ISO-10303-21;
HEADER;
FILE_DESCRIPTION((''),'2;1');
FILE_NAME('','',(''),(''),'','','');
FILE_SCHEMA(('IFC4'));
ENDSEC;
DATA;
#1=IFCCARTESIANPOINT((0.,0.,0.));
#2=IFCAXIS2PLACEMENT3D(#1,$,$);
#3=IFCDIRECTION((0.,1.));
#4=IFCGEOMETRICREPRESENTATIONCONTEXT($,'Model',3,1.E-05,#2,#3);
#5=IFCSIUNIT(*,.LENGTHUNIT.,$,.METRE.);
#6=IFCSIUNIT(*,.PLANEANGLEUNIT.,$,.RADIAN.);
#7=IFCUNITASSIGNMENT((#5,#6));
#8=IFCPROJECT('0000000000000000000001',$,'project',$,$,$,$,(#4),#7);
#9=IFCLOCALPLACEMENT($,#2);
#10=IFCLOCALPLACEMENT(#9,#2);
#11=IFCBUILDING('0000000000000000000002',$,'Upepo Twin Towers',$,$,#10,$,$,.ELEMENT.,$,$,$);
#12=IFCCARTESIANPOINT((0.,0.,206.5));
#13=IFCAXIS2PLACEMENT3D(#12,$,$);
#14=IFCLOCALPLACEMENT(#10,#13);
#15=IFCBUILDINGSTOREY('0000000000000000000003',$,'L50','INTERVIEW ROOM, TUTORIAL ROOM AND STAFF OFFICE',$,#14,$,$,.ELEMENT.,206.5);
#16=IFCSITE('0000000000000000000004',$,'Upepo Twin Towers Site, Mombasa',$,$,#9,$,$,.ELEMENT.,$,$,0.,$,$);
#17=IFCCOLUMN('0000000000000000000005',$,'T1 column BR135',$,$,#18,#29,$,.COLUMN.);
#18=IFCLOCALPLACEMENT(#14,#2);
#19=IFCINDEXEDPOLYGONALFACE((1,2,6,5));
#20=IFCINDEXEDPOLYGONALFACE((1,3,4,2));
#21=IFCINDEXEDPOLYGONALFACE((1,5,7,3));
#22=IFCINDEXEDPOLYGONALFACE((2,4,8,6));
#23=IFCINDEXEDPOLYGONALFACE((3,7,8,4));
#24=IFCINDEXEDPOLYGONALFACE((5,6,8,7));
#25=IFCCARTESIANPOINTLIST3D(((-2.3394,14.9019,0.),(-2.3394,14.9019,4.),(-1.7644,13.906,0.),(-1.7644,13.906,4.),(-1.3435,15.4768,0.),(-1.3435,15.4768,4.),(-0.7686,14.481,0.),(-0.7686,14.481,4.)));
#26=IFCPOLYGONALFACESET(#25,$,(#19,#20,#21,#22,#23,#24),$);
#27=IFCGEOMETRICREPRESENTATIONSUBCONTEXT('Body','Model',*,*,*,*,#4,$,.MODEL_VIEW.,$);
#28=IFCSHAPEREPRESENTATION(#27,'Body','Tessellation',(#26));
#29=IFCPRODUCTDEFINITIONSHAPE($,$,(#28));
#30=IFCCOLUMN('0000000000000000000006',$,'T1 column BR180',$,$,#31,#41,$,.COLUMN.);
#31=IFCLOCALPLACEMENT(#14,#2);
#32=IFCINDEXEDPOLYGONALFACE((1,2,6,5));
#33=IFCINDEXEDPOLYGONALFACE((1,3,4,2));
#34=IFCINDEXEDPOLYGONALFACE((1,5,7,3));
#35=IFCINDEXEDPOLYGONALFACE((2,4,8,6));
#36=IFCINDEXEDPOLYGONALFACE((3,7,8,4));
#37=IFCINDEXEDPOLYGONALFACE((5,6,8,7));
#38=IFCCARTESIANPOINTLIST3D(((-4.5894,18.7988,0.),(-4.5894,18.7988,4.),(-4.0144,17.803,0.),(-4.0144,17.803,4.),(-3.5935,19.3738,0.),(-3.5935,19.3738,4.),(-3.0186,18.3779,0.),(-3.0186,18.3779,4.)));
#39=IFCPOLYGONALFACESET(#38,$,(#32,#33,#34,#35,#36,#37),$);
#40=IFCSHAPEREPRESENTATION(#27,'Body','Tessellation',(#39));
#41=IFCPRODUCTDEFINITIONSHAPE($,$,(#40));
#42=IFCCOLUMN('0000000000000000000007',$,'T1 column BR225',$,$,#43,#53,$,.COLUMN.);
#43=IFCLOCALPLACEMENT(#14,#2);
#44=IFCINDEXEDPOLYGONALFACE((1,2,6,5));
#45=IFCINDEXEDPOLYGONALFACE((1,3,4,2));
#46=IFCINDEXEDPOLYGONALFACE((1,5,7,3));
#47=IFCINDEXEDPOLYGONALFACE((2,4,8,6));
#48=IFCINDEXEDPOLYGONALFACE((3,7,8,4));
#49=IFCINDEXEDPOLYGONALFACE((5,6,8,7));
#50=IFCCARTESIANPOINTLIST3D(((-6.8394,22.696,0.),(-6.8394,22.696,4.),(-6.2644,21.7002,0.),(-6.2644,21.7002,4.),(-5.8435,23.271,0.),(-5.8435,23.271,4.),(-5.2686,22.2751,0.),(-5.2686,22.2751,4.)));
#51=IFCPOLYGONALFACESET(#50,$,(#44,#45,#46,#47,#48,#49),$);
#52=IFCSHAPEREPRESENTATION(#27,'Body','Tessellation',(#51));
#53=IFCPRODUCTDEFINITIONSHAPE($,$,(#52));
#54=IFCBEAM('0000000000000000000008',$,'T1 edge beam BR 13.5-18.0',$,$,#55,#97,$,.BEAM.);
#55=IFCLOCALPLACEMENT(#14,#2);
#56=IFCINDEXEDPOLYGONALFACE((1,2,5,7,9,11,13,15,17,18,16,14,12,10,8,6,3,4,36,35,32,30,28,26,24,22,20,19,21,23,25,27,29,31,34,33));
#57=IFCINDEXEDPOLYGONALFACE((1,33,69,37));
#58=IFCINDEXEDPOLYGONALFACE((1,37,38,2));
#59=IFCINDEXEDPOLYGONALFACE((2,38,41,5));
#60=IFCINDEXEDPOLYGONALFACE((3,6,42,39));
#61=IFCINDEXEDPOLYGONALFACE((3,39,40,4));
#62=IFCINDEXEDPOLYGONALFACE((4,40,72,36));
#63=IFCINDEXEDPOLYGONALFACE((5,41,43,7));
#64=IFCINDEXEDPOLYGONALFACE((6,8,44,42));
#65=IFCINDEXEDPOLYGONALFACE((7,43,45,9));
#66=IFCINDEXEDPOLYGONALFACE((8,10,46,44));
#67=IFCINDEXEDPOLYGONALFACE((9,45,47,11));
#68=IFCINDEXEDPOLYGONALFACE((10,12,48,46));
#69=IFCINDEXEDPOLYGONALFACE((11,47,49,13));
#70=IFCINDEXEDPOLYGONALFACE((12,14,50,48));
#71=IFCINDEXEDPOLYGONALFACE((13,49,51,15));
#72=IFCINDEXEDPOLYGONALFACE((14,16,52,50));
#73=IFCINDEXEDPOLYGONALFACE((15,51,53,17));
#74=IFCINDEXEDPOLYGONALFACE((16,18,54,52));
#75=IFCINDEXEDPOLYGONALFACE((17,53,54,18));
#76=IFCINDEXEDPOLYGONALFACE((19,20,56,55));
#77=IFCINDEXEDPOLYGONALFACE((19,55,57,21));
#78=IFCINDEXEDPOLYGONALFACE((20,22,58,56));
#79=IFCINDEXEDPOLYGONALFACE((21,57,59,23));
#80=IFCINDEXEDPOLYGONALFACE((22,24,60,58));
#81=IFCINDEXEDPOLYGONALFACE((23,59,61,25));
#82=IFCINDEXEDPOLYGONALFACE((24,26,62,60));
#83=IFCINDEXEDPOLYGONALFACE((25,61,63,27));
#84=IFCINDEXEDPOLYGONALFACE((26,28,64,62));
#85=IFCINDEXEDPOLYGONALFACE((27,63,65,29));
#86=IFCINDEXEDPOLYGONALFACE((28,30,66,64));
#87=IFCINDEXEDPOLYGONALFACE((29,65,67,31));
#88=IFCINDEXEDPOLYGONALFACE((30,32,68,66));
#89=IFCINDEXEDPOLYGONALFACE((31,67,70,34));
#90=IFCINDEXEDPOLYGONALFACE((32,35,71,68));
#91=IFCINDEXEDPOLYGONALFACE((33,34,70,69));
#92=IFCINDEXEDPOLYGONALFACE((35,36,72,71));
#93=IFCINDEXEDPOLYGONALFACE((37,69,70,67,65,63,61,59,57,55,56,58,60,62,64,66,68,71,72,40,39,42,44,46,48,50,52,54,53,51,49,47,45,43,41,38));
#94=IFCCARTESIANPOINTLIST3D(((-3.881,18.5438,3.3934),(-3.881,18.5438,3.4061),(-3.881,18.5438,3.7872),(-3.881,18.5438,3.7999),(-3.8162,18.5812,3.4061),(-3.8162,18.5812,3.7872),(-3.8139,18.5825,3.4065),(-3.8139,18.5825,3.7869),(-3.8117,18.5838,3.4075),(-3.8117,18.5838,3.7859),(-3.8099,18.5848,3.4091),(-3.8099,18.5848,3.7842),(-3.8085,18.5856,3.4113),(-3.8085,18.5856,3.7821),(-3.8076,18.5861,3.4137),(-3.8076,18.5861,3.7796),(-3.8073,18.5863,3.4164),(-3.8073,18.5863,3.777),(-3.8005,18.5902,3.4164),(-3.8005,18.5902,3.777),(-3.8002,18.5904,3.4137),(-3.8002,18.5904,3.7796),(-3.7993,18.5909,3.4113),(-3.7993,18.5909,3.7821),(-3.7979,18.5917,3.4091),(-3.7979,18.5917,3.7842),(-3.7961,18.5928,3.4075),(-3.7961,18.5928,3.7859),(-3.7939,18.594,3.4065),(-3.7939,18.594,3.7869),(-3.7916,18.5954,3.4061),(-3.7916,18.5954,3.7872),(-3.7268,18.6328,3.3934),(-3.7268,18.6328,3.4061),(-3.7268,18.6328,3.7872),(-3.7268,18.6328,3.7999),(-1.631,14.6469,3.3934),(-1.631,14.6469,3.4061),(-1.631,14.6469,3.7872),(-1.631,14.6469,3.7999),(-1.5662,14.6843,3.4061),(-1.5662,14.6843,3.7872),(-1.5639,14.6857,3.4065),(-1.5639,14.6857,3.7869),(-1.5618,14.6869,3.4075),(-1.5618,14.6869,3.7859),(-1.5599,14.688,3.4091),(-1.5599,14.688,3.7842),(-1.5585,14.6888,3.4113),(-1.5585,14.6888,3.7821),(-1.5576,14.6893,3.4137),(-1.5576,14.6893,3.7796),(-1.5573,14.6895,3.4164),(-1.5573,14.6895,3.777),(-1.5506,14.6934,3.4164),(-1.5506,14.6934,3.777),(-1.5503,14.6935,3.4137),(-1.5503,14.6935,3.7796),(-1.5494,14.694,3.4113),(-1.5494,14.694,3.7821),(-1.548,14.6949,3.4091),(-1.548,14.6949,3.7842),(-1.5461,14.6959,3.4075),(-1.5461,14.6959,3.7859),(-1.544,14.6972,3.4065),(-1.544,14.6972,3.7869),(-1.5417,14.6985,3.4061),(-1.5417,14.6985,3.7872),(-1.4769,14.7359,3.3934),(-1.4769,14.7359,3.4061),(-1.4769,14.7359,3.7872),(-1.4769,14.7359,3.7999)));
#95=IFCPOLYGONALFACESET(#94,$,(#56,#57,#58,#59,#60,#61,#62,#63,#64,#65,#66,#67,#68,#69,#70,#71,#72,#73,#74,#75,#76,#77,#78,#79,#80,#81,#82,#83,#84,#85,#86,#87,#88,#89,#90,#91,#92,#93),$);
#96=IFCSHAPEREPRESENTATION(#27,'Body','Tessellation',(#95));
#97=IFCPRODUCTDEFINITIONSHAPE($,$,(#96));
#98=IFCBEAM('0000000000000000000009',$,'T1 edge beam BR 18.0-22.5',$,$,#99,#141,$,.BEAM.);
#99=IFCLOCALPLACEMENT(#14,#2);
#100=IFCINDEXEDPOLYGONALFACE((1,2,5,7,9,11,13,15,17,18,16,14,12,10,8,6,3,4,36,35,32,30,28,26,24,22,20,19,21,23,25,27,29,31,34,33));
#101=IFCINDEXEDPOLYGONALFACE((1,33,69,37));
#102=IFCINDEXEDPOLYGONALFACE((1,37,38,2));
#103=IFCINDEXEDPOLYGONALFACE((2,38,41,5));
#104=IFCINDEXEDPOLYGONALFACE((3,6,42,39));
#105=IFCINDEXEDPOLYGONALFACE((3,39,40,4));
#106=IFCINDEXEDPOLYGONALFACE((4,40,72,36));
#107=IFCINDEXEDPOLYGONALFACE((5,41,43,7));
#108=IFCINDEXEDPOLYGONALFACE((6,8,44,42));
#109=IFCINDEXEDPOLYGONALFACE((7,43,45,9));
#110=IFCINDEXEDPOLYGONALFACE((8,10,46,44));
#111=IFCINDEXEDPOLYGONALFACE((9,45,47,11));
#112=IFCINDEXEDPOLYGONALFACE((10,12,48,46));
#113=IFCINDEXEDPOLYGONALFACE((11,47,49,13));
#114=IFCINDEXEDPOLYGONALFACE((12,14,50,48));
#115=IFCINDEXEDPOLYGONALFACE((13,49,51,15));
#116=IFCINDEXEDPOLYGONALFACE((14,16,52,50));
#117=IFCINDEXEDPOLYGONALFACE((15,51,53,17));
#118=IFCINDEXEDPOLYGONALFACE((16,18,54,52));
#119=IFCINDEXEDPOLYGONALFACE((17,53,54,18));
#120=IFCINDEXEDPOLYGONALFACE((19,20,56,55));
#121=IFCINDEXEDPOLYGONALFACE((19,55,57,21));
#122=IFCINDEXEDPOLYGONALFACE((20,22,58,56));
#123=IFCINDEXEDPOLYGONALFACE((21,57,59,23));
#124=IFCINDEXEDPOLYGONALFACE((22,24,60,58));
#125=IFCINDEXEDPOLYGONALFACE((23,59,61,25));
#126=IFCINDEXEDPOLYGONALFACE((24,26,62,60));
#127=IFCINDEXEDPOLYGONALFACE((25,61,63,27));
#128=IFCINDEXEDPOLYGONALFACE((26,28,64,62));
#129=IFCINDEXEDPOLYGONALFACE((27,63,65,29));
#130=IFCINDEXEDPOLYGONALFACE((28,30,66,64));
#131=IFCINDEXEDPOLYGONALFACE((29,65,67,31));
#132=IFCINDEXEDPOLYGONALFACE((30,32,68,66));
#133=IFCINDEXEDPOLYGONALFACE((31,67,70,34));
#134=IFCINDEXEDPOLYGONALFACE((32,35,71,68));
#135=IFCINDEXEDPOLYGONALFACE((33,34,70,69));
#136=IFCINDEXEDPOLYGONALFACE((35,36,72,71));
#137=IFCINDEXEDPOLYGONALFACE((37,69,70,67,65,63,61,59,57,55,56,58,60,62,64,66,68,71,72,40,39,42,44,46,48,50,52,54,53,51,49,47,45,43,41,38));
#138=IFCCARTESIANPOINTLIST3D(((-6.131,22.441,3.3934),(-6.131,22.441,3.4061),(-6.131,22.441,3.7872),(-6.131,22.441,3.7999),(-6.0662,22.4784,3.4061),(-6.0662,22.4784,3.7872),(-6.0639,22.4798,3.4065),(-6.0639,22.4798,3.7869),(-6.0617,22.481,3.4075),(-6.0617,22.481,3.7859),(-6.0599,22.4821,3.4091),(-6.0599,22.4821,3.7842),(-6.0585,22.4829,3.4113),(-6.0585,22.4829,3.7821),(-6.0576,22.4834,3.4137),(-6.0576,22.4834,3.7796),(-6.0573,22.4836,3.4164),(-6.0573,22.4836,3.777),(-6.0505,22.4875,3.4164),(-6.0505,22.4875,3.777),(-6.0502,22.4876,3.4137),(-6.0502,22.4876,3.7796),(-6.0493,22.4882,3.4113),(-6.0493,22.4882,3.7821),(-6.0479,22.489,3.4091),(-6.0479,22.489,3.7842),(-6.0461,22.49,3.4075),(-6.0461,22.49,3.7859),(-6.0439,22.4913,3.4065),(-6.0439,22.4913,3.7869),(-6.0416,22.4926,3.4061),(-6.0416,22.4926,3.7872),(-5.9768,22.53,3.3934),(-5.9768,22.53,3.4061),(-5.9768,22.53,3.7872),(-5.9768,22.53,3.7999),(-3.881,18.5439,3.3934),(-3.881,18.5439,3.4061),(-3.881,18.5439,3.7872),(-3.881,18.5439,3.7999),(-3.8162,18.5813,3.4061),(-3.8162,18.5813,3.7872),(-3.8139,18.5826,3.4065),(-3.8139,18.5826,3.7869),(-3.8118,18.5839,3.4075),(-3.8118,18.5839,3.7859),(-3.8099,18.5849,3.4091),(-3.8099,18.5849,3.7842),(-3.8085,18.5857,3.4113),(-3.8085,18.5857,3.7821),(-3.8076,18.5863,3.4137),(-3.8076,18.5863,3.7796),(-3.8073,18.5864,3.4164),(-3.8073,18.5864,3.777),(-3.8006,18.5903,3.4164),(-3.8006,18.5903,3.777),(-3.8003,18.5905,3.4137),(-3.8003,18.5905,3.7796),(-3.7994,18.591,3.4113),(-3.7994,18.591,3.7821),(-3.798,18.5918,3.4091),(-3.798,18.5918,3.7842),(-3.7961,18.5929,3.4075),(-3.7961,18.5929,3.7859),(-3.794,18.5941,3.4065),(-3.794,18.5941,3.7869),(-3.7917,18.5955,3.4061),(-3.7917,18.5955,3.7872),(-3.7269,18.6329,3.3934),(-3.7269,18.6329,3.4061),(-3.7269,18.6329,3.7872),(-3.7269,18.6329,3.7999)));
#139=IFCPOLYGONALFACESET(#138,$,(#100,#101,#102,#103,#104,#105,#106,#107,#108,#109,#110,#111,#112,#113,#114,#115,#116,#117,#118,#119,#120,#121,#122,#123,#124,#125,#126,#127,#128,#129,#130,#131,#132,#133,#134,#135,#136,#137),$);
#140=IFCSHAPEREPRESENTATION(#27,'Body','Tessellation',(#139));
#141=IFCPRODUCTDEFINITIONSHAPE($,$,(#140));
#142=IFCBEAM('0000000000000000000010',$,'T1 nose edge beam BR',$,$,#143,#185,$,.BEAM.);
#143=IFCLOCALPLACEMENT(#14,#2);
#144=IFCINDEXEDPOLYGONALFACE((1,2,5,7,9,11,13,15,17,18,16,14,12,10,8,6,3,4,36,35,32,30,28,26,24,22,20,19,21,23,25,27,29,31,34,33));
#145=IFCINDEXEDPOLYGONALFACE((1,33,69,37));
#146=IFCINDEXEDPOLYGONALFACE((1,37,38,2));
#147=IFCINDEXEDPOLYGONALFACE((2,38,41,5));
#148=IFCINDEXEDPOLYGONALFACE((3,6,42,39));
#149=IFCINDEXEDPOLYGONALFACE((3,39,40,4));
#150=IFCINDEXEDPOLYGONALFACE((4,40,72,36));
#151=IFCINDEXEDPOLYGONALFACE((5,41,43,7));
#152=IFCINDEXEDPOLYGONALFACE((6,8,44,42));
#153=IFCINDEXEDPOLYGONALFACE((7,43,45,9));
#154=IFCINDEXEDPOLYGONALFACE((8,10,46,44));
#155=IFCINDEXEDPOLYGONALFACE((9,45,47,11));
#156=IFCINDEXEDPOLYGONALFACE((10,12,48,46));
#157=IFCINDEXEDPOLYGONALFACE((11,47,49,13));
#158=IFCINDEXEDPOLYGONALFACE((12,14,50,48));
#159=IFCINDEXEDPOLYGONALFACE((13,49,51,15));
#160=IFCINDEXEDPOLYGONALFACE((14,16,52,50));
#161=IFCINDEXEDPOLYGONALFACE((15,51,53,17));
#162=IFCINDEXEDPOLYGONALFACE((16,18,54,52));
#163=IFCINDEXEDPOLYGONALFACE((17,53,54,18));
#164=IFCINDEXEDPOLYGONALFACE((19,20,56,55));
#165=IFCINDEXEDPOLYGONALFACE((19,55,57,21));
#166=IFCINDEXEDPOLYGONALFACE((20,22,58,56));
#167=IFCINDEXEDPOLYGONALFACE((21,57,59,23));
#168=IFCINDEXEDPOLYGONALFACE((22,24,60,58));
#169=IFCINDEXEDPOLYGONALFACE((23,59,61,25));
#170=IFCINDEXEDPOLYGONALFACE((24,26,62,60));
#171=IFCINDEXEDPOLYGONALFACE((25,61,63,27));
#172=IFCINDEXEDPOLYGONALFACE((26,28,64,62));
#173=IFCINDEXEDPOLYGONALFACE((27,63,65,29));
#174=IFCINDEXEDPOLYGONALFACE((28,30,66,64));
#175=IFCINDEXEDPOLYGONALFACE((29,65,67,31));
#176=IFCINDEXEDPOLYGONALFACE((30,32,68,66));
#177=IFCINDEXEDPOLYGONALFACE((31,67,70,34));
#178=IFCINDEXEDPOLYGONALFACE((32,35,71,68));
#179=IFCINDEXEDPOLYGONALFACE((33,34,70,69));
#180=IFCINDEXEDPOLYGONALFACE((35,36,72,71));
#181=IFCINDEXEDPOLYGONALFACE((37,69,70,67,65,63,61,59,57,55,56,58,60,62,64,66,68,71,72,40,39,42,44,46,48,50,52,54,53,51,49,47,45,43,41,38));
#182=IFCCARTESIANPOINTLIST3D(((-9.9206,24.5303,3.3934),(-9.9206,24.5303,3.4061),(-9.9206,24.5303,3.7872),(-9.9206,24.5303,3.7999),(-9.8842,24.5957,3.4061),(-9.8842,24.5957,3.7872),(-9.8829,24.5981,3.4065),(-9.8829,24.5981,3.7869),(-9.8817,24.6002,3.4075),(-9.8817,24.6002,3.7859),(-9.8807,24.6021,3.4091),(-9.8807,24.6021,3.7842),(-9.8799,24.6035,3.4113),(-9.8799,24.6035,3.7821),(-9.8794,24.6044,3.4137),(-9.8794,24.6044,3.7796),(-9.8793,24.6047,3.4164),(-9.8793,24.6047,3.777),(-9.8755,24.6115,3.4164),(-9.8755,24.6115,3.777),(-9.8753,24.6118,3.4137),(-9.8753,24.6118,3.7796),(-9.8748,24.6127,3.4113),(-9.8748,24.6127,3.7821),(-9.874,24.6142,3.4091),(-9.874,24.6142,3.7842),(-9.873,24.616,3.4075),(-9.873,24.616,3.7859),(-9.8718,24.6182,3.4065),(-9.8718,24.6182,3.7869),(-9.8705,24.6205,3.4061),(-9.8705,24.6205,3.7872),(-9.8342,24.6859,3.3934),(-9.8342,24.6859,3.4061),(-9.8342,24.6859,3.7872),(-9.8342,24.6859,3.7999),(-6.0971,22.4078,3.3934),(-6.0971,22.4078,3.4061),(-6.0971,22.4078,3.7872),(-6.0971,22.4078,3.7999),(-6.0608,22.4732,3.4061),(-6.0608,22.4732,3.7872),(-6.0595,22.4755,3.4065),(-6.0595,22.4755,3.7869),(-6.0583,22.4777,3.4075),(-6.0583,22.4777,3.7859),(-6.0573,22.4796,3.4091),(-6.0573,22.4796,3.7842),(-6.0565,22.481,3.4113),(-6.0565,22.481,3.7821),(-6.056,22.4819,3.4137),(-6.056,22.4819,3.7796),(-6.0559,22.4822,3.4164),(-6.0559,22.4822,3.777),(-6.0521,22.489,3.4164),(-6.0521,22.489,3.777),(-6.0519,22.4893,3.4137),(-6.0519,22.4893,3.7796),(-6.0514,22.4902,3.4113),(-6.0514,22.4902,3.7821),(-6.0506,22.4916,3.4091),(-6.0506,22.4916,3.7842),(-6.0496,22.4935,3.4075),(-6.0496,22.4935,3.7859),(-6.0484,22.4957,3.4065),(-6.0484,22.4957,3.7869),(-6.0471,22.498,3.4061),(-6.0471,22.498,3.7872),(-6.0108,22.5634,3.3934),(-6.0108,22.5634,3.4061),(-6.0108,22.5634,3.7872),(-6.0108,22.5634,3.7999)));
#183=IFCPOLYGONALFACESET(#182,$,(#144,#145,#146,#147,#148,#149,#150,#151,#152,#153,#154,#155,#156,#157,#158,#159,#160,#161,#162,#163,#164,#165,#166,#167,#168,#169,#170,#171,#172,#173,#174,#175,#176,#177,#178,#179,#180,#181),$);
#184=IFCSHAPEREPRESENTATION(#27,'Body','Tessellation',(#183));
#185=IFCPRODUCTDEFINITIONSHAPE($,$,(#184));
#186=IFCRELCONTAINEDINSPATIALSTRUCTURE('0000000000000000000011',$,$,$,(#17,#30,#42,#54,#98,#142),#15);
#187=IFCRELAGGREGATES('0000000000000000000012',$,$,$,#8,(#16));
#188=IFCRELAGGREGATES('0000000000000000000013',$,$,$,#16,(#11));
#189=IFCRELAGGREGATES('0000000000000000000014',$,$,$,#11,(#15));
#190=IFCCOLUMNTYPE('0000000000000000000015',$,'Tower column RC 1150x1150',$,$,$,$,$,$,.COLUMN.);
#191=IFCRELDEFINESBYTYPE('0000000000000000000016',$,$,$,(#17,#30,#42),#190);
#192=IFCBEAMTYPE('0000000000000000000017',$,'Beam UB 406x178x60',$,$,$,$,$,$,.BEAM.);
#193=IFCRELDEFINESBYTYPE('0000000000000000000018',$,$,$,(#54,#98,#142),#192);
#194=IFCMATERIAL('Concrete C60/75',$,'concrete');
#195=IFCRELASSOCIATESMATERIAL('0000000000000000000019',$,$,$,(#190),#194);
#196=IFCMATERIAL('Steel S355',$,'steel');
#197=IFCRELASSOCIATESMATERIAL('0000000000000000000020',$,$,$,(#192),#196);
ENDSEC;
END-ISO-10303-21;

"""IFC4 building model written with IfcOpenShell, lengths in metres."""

from ifc_helpers import new_model, si_unit, direction, frame, origin, origin_2d, place, context, subcontext, project, spatial, rectangle, i_section, extrude, material, material_profile, profile_set, type_object, element, save


model = new_model("IFC4")

# Units and contexts
model_context = context("Model", 3, precision=1e-05, world=origin(), true_north=direction((0.0, 1.0)))
body_context = subcontext(model_context, "Body", "Model", "MODEL_VIEW")
ifc_project = project(units=[si_unit("LENGTHUNIT", "METRE"), si_unit("PLANEANGLEUNIT", "RADIAN")], contexts=[model_context])

# Site, building, storey
site_placement = place(None, origin())
site = spatial("IfcSite", under=ifc_project, at=site_placement, Name="Upepo Twin Towers Site, Mombasa", CompositionType="ELEMENT", RefElevation=0.0)
building_placement = place(site_placement, origin())
building = spatial("IfcBuilding", under=site, at=building_placement, Name="Upepo Twin Towers", CompositionType="ELEMENT")
storey_placement = place(building_placement, frame((0.0, 0.0, 206.5)))
storey = spatial("IfcBuildingStorey", under=building, at=storey_placement, Name="L50", Description="INTERVIEW ROOM, TUTORIAL ROOM AND STAFF OFFICE", CompositionType="ELEMENT", Elevation=206.5)

# Columns
ifc_material_1 = material(Name="Concrete C60/75", Category="concrete")
ifc_material_profile_1 = material_profile(ifc_material_1, rectangle(XDim=1.1499, YDim=1.1499, at=origin_2d()), Name="RC 1150x1150")
ifc_profile_set_1 = profile_set([ifc_material_profile_1], Name="Concrete C60/75")
column_type = type_object("IfcColumnType", Name="Tower column RC 1150x1150", PredefinedType="COLUMN", material=ifc_profile_set_1)
for number, where, z_axis, x_axis, name in (
    (1, (-1.554, 14.6914, 0.0), (0.0, 0.0, 1.0), (0.866025, 0.5, 0.0), "T1 column BR135"),
    (2, (-3.804, 18.5884, 0.0), (0.0, 0.0, 1.0), (0.866025, 0.5, 0.0), "T1 column BR180"),
    (3, (-6.054, 22.4856, 0.0), (0.0, 0.0, 1.0), (0.866025, 0.5, 0.0), "T1 column BR225"),
):
    element("IfcColumn", number, at=place(storey_placement, frame(where, z_axis=z_axis, x_axis=x_axis)), inside=storey, type_object=column_type, Name=name, PredefinedType="COLUMN", context=body_context, shape_type="SweptSolid", body=[
        extrude(rectangle(XDim=1.1499, YDim=1.1499, at=origin_2d()), origin(), (0.0, 0.0, 1.0), 4.0),
    ])

# Beams
ifc_material_2 = material(Name="Steel S355", Category="steel")
ifc_material_profile_2 = material_profile(ifc_material_2, i_section(OverallWidth=0.178, OverallDepth=0.4065, WebThickness=0.0078, FlangeThickness=0.0127, FilletRadius=0.0103, at=origin_2d()), Name="UB 406x178x60")
ifc_profile_set_2 = profile_set([ifc_material_profile_2], Name="Steel S355")
beam_type_1 = type_object("IfcBeamType", Name="Beam UB 406x178x60", PredefinedType="BEAM", material=ifc_profile_set_2)
beam_1_placement = place(storey_placement, frame((-1.554, 14.6914, 3.5967), z_axis=(-0.500014, 0.866018, 0.0), x_axis=(-0.866018, -0.500014, 0.0)))
element("IfcBeam", 4, at=beam_1_placement, inside=storey, type_object=beam_type_1, Name="T1 edge beam BR 13.5-18.0", PredefinedType="BEAM", context=body_context, shape_type="SweptSolid", body=[
    extrude(i_section(OverallWidth=0.178, OverallDepth=0.4065, WebThickness=0.0078, FlangeThickness=0.0127, FilletRadius=0.0103, at=origin_2d()), origin(), (0.0, 0.0, 1.0), 4.4998),
])
beam_2_placement = place(storey_placement, frame((-3.804, 18.5884, 3.5967), z_axis=(-0.49999, 0.866031, 0.0), x_axis=(-0.866031, -0.49999, 0.0)))
element("IfcBeam", 5, at=beam_2_placement, inside=storey, type_object=beam_type_1, Name="T1 edge beam BR 18.0-22.5", PredefinedType="BEAM", context=body_context, shape_type="SweptSolid", body=[
    extrude(i_section(OverallWidth=0.178, OverallDepth=0.4065, WebThickness=0.0078, FlangeThickness=0.0127, FilletRadius=0.0103, at=origin_2d()), origin(), (0.0, 0.0, 1.0), 4.5),
])
beam_3_placement = place(storey_placement, frame((-6.054, 22.4856, 3.5967), z_axis=(-0.874313, 0.485363, 0.0), x_axis=(-0.485363, -0.874313, 0.0)))
element("IfcBeam", 6, at=beam_3_placement, inside=storey, type_object=beam_type_1, Name="T1 nose edge beam BR", PredefinedType="BEAM", context=body_context, shape_type="SweptSolid", body=[
    extrude(i_section(OverallWidth=0.178, OverallDepth=0.4065, WebThickness=0.0078, FlangeThickness=0.0127, FilletRadius=0.0103, at=origin_2d()), origin(), (0.0, 0.0, 1.0), 4.373),
])

save(model, "model.ifc")
